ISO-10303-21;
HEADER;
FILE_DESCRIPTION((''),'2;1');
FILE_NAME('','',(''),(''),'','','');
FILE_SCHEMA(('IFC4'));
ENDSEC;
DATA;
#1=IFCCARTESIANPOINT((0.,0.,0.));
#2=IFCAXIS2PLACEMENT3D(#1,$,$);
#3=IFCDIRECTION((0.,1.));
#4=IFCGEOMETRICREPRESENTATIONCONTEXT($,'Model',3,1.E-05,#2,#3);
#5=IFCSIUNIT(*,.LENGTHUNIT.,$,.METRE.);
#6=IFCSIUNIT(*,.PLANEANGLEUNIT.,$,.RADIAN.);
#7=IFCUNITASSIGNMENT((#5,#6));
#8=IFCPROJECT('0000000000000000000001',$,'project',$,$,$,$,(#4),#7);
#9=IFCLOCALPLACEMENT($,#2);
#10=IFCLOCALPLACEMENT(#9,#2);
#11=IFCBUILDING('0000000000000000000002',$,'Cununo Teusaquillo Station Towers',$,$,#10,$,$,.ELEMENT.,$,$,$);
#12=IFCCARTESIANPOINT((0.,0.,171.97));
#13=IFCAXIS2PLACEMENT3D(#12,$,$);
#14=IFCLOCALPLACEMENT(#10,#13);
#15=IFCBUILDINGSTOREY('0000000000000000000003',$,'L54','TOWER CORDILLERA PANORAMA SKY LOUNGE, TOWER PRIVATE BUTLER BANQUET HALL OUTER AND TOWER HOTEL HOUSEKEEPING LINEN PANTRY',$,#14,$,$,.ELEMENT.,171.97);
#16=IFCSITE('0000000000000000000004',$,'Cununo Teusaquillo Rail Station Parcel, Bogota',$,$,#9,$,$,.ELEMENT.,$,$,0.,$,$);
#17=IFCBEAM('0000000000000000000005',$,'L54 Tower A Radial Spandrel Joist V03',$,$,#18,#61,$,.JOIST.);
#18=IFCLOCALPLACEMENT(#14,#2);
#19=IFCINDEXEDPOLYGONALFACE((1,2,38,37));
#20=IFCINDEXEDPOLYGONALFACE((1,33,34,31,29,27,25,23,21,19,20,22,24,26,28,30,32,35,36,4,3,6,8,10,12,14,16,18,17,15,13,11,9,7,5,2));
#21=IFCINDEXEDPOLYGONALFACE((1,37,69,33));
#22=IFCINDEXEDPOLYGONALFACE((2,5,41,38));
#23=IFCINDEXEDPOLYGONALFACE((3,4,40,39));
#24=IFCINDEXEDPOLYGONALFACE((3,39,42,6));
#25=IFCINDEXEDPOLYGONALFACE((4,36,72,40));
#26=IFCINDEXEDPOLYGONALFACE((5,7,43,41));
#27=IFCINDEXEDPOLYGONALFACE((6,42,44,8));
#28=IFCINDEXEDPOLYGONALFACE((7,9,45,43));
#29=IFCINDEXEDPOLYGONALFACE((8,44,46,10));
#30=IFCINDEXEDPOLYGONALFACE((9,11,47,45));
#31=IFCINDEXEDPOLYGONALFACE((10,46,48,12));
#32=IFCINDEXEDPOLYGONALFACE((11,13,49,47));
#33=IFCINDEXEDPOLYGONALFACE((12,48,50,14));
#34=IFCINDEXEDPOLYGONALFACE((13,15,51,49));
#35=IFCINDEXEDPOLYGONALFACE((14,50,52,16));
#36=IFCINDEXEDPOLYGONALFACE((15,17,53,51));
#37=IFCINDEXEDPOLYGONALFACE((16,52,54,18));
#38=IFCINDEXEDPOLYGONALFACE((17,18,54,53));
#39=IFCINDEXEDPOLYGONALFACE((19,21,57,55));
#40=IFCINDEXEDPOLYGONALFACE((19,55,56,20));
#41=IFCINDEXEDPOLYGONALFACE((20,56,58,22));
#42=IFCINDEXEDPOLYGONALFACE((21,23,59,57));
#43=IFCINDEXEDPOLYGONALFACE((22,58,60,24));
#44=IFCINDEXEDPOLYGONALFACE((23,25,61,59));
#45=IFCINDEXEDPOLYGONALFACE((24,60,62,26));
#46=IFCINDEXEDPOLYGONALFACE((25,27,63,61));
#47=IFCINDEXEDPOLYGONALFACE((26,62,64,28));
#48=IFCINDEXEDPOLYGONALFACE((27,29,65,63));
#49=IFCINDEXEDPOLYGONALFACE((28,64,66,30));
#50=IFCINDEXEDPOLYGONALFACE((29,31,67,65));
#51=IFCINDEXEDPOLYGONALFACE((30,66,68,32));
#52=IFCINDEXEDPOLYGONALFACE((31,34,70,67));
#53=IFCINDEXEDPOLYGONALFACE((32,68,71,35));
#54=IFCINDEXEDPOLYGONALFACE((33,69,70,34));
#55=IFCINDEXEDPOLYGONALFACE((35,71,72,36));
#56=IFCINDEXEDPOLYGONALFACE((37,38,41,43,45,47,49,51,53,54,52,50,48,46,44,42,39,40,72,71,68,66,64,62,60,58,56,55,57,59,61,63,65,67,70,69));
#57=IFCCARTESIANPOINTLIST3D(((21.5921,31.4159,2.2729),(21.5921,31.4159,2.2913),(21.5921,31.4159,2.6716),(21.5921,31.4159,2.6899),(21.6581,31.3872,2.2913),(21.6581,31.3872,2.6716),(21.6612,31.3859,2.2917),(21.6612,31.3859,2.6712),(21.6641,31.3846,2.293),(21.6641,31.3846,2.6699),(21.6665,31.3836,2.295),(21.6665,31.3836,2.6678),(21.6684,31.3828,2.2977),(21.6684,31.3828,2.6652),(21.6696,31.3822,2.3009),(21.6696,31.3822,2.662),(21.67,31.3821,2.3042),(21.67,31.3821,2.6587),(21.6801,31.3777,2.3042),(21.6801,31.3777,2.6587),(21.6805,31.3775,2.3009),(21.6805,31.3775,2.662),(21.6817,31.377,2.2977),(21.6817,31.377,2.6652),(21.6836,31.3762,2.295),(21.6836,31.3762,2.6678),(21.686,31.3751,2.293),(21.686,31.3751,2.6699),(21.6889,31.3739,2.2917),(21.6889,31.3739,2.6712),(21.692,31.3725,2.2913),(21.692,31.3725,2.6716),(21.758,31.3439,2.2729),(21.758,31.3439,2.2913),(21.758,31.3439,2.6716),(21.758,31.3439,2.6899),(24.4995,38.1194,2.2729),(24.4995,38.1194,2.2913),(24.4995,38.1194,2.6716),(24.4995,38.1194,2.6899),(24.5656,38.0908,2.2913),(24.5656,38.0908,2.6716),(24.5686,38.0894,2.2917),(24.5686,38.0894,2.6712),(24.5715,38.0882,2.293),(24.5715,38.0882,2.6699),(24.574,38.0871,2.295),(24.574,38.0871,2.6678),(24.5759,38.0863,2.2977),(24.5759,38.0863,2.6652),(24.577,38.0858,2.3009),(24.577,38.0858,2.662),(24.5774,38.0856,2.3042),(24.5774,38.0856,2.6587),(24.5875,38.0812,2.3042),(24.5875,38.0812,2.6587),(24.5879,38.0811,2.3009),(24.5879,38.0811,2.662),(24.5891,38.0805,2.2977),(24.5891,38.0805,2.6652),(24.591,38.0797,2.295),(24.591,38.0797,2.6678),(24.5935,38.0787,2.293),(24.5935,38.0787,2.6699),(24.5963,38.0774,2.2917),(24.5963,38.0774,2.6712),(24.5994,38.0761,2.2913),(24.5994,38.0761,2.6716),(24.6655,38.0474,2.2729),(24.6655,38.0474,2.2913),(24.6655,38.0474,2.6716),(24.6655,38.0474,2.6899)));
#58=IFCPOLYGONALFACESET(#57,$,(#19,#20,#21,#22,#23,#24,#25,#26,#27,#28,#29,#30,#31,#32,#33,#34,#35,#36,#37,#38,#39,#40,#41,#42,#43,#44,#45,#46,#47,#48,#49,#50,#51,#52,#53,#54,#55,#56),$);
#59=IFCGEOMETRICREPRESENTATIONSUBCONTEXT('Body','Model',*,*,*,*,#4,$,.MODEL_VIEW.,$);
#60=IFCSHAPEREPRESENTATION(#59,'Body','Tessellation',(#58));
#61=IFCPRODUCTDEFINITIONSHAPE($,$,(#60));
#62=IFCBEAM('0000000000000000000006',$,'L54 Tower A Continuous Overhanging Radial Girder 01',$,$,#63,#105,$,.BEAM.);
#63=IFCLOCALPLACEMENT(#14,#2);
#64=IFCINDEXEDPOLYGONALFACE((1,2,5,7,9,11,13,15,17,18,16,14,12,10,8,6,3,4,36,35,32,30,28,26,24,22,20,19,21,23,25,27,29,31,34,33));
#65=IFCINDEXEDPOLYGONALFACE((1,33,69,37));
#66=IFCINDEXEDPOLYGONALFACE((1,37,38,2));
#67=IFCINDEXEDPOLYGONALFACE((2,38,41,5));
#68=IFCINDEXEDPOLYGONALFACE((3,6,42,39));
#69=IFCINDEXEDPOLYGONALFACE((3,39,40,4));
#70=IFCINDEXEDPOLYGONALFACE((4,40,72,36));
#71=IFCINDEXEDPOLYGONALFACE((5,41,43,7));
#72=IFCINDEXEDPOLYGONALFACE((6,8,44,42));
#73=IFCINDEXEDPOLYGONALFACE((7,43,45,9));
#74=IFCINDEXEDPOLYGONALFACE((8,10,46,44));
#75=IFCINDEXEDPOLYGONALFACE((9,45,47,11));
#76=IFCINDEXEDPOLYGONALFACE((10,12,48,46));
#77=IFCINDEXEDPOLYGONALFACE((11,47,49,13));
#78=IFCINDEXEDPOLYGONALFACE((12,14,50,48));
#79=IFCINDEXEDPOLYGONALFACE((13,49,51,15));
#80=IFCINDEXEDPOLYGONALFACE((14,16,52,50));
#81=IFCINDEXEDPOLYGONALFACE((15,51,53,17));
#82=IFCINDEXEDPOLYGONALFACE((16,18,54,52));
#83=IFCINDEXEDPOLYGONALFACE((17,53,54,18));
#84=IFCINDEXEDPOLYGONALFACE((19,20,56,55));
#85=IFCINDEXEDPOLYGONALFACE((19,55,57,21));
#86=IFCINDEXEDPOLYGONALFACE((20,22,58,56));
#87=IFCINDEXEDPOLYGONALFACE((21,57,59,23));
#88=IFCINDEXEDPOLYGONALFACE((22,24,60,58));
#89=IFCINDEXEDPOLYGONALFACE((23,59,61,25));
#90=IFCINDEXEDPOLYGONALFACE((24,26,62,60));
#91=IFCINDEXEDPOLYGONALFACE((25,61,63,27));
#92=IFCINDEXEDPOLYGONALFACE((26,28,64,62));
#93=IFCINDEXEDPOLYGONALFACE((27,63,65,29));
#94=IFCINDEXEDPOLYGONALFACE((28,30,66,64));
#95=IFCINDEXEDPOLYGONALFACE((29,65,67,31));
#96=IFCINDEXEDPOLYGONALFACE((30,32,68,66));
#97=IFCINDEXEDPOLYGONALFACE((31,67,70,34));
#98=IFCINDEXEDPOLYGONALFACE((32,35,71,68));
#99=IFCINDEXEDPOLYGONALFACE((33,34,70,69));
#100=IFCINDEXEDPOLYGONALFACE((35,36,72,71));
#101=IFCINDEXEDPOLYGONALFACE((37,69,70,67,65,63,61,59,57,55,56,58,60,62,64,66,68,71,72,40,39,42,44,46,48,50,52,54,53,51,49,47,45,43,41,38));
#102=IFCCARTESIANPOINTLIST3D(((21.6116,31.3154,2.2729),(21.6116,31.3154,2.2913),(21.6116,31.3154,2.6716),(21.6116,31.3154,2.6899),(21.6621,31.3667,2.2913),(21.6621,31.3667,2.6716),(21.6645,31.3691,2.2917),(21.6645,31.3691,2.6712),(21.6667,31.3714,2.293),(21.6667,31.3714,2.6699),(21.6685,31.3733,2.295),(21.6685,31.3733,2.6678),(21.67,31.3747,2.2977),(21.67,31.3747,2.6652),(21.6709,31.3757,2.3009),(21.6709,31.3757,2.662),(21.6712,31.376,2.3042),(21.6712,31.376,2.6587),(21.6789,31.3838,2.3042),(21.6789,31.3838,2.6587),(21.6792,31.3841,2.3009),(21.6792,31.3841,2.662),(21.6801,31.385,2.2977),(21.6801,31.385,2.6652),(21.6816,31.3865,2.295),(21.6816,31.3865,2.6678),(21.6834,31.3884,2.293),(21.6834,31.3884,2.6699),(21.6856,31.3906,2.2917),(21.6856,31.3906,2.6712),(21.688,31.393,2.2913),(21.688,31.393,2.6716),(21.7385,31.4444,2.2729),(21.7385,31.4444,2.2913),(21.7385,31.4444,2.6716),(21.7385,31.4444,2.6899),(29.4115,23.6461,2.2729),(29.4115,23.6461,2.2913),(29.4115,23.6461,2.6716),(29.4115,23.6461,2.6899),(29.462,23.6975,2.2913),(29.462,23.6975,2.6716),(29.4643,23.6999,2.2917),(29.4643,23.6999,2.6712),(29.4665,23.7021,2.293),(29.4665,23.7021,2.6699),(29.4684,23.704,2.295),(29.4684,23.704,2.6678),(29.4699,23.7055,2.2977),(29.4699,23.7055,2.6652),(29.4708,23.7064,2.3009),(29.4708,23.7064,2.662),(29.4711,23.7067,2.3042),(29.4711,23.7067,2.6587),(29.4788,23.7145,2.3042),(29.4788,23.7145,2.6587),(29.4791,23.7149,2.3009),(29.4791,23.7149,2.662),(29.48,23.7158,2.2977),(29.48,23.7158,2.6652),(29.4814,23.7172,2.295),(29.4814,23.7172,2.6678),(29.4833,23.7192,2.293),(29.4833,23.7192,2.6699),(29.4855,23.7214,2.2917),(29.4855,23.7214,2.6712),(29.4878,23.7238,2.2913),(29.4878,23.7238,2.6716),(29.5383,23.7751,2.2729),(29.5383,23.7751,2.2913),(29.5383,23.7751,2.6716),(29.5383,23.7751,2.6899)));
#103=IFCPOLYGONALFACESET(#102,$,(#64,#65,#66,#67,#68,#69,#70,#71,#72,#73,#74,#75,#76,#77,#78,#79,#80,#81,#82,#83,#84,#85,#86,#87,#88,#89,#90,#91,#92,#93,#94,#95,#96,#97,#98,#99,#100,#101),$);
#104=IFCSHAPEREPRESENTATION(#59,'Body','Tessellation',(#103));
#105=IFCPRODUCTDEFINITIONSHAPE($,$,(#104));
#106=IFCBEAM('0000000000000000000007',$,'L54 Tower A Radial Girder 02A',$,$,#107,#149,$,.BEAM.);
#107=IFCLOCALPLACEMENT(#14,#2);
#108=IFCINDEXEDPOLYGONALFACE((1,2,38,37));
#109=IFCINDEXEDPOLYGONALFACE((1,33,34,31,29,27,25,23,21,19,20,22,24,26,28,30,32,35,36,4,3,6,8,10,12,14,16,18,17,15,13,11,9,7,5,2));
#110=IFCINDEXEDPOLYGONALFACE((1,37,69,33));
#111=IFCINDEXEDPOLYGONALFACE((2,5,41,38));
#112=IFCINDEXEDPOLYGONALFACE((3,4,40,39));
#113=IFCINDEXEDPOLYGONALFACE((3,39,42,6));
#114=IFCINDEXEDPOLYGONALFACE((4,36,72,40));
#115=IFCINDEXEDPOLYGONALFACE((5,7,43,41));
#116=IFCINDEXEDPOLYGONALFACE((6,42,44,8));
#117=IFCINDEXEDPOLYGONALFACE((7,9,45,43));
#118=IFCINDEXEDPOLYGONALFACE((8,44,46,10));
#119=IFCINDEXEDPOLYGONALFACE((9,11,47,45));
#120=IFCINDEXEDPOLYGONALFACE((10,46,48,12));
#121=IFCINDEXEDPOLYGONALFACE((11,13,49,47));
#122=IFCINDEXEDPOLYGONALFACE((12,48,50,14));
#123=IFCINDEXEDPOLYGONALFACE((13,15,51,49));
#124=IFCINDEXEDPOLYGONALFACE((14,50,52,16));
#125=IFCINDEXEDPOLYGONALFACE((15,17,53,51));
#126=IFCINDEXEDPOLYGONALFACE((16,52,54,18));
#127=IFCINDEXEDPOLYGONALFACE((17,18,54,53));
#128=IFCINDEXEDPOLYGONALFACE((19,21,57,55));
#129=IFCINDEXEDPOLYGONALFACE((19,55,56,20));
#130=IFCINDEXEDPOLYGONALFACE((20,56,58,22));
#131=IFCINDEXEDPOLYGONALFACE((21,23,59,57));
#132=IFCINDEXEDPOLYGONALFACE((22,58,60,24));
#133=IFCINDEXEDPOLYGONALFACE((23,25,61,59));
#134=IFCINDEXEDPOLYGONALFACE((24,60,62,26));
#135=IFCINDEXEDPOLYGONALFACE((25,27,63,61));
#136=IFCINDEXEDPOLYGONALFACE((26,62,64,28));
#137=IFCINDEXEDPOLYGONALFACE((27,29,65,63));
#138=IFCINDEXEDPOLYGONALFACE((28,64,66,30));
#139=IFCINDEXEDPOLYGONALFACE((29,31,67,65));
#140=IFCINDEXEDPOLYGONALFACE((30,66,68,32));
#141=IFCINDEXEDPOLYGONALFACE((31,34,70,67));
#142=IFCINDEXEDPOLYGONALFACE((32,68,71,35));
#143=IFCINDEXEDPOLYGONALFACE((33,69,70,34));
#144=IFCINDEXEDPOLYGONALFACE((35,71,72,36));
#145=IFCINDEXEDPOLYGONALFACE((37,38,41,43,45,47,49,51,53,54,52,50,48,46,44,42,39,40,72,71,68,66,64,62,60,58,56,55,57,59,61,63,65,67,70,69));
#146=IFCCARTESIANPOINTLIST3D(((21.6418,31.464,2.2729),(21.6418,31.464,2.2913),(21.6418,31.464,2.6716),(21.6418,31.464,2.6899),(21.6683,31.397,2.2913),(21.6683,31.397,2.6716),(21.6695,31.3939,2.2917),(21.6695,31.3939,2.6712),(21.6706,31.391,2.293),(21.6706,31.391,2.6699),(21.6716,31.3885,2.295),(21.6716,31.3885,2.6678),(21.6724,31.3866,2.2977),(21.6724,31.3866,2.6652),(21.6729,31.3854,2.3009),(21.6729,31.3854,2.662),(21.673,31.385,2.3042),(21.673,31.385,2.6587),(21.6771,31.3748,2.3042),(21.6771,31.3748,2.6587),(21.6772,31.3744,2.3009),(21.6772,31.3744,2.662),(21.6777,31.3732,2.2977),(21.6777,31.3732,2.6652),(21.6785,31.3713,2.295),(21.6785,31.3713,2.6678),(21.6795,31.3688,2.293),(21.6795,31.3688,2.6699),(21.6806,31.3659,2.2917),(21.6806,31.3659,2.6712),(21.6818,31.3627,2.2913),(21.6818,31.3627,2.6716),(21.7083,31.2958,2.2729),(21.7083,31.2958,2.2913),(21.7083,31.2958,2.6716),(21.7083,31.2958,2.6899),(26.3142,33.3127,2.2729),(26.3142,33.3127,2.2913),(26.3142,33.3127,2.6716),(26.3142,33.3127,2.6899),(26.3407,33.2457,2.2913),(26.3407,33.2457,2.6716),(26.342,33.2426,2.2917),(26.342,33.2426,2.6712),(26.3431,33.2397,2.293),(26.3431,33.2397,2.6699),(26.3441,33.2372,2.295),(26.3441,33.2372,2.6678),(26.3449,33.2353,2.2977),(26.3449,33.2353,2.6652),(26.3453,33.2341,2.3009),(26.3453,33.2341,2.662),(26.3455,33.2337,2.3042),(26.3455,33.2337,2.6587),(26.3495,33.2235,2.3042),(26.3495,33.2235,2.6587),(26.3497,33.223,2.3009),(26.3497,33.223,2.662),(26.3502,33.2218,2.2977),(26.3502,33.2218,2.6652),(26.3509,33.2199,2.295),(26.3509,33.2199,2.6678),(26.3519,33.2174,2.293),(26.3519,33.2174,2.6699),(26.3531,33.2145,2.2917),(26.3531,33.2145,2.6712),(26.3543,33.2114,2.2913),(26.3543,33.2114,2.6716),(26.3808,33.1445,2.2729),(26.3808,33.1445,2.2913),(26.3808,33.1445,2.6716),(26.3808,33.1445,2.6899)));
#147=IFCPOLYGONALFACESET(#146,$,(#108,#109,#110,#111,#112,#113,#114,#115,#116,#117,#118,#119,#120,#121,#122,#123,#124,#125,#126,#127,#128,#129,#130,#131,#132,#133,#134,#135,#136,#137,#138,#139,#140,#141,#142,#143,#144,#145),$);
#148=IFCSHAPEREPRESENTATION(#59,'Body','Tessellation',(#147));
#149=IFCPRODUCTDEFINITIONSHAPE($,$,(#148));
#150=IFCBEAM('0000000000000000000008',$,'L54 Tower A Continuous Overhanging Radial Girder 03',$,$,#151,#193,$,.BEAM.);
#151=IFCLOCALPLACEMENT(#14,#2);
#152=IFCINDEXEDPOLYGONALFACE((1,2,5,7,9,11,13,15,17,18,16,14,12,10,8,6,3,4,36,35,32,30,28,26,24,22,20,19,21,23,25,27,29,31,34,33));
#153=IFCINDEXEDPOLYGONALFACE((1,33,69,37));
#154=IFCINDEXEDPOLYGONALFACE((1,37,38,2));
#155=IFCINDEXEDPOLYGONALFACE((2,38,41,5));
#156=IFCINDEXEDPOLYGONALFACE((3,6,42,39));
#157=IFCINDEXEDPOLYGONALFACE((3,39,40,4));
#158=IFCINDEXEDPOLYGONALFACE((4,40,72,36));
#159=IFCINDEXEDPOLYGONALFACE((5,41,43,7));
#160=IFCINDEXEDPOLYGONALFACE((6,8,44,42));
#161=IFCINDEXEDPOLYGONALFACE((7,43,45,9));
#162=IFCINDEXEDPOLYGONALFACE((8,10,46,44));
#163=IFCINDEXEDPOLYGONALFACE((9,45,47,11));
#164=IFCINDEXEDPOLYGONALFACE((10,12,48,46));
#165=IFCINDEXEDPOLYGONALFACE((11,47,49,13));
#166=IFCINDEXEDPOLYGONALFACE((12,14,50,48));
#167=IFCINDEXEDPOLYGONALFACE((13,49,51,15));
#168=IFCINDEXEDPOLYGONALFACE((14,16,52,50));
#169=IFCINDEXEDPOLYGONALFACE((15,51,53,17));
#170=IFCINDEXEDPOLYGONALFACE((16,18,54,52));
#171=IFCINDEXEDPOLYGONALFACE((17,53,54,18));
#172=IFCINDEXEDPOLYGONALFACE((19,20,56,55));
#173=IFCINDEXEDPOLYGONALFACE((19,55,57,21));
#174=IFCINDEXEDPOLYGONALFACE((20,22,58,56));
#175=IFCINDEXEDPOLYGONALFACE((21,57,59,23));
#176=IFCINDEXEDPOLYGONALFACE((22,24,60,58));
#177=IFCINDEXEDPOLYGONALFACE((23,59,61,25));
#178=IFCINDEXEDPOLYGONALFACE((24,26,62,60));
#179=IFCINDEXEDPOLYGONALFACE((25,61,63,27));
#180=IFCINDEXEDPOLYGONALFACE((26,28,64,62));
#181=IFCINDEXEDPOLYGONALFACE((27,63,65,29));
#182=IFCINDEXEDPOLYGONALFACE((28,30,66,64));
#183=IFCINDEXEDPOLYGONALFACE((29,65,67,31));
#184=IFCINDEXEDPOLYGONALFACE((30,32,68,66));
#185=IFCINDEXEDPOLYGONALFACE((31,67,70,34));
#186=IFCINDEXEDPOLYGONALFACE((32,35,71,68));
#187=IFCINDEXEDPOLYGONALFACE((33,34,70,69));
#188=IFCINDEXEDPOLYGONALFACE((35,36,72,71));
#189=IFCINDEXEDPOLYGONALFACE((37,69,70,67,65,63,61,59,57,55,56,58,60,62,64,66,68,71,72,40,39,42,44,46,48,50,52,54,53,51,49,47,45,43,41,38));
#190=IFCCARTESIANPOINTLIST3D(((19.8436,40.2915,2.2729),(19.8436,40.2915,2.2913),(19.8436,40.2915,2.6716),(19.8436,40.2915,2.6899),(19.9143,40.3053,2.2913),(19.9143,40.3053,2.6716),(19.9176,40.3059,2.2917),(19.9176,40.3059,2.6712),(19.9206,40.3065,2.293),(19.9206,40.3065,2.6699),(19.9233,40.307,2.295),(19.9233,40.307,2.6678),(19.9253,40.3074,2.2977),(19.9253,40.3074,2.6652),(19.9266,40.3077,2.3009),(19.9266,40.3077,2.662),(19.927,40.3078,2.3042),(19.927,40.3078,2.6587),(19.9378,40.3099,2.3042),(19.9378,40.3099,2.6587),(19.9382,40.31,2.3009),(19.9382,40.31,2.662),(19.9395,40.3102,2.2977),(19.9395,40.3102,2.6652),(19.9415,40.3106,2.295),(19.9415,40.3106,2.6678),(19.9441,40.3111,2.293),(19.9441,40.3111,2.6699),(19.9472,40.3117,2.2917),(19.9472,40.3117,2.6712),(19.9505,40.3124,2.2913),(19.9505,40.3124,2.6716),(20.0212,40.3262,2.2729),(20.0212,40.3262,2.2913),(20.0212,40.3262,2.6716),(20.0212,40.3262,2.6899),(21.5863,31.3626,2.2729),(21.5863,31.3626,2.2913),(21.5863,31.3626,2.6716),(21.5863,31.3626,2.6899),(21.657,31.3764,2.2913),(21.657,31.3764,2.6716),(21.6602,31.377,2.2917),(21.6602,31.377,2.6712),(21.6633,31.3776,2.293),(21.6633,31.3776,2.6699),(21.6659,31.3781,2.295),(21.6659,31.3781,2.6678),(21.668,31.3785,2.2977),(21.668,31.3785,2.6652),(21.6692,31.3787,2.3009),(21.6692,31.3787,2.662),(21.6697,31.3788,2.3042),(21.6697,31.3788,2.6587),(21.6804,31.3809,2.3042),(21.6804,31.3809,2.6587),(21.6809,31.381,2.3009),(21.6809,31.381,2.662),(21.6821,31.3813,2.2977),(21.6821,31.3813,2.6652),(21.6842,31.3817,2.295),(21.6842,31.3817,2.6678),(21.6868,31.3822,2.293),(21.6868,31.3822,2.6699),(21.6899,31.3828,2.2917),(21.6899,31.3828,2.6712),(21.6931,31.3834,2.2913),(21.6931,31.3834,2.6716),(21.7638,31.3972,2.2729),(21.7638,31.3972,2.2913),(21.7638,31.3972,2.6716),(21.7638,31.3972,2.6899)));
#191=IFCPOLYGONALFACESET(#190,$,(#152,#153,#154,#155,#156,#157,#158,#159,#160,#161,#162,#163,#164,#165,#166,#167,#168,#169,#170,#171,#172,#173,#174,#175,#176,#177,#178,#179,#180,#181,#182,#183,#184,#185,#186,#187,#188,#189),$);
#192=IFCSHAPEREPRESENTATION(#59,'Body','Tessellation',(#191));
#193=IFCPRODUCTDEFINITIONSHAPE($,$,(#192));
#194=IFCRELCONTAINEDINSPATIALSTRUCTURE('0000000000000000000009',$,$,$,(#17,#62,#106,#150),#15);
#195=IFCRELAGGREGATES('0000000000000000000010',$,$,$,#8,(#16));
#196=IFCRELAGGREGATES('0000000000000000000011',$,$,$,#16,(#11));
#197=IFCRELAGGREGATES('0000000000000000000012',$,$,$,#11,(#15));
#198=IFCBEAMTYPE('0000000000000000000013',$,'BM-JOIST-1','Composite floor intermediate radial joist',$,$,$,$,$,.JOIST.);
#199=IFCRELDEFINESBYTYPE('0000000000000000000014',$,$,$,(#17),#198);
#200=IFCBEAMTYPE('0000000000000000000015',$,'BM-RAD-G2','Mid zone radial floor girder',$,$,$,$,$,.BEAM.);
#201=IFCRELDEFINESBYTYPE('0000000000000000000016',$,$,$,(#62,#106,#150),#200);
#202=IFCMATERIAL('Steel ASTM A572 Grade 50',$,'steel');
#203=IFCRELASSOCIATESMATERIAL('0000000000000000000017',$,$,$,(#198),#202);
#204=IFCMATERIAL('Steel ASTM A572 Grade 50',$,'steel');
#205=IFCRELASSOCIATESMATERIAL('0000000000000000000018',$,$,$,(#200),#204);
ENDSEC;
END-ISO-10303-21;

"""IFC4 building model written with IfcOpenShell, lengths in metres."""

from ifc_helpers import new_model, si_unit, direction, frame, origin, origin_2d, place, context, subcontext, project, spatial, i_section, extrude, material, material_profile, profile_set, type_object, element, save


model = new_model("IFC4")

# Units and contexts
model_context = context("Model", 3, precision=1e-05, world=origin(), true_north=direction((0.0, 1.0)))
body_context = subcontext(model_context, "Body", "Model", "MODEL_VIEW")
ifc_project = project(units=[si_unit("LENGTHUNIT", "METRE"), si_unit("PLANEANGLEUNIT", "RADIAN")], contexts=[model_context])

# Site, building, storey
site_placement = place(None, origin())
site = spatial("IfcSite", under=ifc_project, at=site_placement, Name="Cununo Teusaquillo Rail Station Parcel, Bogota", CompositionType="ELEMENT", RefElevation=0.0)
building_placement = place(site_placement, origin())
building = spatial("IfcBuilding", under=site, at=building_placement, Name="Cununo Teusaquillo Station Towers", CompositionType="ELEMENT")
storey_placement = place(building_placement, frame((0.0, 0.0, 171.97)))
storey = spatial("IfcBuildingStorey", under=building, at=storey_placement, Name="L54", Description="TOWER CORDILLERA PANORAMA SKY LOUNGE, TOWER PRIVATE BUTLER BANQUET HALL OUTER AND TOWER HOTEL HOUSEKEEPING LINEN PANTRY", CompositionType="ELEMENT", Elevation=171.97)

# Beams
ifc_material_1 = material(Name="Steel ASTM A572 Grade 50", Category="steel")
ifc_material_profile_1 = material_profile(ifc_material_1, i_section(OverallWidth=0.1809, OverallDepth=0.417, WebThickness=0.011, FlangeThickness=0.0183, FilletRadius=0.0129, at=origin_2d()), Name="W16X57")
ifc_profile_set_1 = profile_set([ifc_material_profile_1], Name="Steel ASTM A572 Grade 50")
beam_type_1 = type_object("IfcBeamType", Name="BM-JOIST-1", Description="Composite floor intermediate radial joist", PredefinedType="JOIST", material=ifc_profile_set_1)
beam_1_placement = place(storey_placement, frame((21.675, 31.3799, 2.4814), z_axis=(0.397904, 0.917427, 0.0), x_axis=(-0.917427, 0.397904, 0.0)))
element("IfcBeam", 1, at=beam_1_placement, inside=storey, type_object=beam_type_1, Name="L54 Tower A Radial Spandrel Joist V03", PredefinedType="JOIST", context=body_context, shape_type="SweptSolid", body=[
    extrude(i_section(OverallWidth=0.1809, OverallDepth=0.417, WebThickness=0.011, FlangeThickness=0.0183, FilletRadius=0.0129, at=origin_2d()), origin(), (0.0, 0.0, 1.0), 7.3069),
])
ifc_material_2 = material(Name="Steel ASTM A572 Grade 50", Category="steel")
ifc_material_profile_2 = material_profile(ifc_material_2, i_section(OverallWidth=0.1809, OverallDepth=0.417, WebThickness=0.011, FlangeThickness=0.0183, FilletRadius=0.0129, at=origin_2d()), Name="W16X57")
ifc_profile_set_2 = profile_set([ifc_material_profile_2], Name="Steel ASTM A572 Grade 50")
beam_type_2 = type_object("IfcBeamType", Name="BM-RAD-G2", Description="Mid zone radial floor girder", PredefinedType="BEAM", material=ifc_profile_set_2)
beam_2_placement = place(storey_placement, frame((21.675, 31.3799, 2.4814), z_axis=(0.713052, -0.701111, 0.0), x_axis=(0.701111, 0.713052, 0.0)))
element("IfcBeam", 2, at=beam_2_placement, inside=storey, type_object=beam_type_2, Name="L54 Tower A Continuous Overhanging Radial Girder 01", PredefinedType="BEAM", context=body_context, shape_type="SweptSolid", body=[
    extrude(i_section(OverallWidth=0.1809, OverallDepth=0.417, WebThickness=0.011, FlangeThickness=0.0183, FilletRadius=0.0129, at=origin_2d()), origin(), (0.0, 0.0, 1.0), 10.9387),
])
beam_3_placement = place(storey_placement, frame((21.675, 31.3799, 2.4814), z_axis=(0.929864, 0.367903, 0.0), x_axis=(-0.367903, 0.929864, 0.0)))
element("IfcBeam", 3, at=beam_3_placement, inside=storey, type_object=beam_type_2, Name="L54 Tower A Radial Girder 02A", PredefinedType="BEAM", context=body_context, shape_type="SweptSolid", body=[
    extrude(i_section(OverallWidth=0.1809, OverallDepth=0.417, WebThickness=0.011, FlangeThickness=0.0183, FilletRadius=0.0129, at=origin_2d()), origin(), (0.0, 0.0, 1.0), 5.0249),
])
beam_4_placement = place(storey_placement, frame((21.675, 31.3799, 2.4814), z_axis=(-0.191557, 0.981481, 0.0), x_axis=(-0.981481, -0.191557, 0.0)))
element("IfcBeam", 4, at=beam_4_placement, inside=storey, type_object=beam_type_2, Name="L54 Tower A Continuous Overhanging Radial Girder 03", PredefinedType="BEAM", context=body_context, shape_type="SweptSolid", body=[
    extrude(i_section(OverallWidth=0.1809, OverallDepth=0.417, WebThickness=0.011, FlangeThickness=0.0183, FilletRadius=0.0129, at=origin_2d()), origin(), (0.0, 0.0, 1.0), 9.0974),
])

save(model, "model.ifc")
